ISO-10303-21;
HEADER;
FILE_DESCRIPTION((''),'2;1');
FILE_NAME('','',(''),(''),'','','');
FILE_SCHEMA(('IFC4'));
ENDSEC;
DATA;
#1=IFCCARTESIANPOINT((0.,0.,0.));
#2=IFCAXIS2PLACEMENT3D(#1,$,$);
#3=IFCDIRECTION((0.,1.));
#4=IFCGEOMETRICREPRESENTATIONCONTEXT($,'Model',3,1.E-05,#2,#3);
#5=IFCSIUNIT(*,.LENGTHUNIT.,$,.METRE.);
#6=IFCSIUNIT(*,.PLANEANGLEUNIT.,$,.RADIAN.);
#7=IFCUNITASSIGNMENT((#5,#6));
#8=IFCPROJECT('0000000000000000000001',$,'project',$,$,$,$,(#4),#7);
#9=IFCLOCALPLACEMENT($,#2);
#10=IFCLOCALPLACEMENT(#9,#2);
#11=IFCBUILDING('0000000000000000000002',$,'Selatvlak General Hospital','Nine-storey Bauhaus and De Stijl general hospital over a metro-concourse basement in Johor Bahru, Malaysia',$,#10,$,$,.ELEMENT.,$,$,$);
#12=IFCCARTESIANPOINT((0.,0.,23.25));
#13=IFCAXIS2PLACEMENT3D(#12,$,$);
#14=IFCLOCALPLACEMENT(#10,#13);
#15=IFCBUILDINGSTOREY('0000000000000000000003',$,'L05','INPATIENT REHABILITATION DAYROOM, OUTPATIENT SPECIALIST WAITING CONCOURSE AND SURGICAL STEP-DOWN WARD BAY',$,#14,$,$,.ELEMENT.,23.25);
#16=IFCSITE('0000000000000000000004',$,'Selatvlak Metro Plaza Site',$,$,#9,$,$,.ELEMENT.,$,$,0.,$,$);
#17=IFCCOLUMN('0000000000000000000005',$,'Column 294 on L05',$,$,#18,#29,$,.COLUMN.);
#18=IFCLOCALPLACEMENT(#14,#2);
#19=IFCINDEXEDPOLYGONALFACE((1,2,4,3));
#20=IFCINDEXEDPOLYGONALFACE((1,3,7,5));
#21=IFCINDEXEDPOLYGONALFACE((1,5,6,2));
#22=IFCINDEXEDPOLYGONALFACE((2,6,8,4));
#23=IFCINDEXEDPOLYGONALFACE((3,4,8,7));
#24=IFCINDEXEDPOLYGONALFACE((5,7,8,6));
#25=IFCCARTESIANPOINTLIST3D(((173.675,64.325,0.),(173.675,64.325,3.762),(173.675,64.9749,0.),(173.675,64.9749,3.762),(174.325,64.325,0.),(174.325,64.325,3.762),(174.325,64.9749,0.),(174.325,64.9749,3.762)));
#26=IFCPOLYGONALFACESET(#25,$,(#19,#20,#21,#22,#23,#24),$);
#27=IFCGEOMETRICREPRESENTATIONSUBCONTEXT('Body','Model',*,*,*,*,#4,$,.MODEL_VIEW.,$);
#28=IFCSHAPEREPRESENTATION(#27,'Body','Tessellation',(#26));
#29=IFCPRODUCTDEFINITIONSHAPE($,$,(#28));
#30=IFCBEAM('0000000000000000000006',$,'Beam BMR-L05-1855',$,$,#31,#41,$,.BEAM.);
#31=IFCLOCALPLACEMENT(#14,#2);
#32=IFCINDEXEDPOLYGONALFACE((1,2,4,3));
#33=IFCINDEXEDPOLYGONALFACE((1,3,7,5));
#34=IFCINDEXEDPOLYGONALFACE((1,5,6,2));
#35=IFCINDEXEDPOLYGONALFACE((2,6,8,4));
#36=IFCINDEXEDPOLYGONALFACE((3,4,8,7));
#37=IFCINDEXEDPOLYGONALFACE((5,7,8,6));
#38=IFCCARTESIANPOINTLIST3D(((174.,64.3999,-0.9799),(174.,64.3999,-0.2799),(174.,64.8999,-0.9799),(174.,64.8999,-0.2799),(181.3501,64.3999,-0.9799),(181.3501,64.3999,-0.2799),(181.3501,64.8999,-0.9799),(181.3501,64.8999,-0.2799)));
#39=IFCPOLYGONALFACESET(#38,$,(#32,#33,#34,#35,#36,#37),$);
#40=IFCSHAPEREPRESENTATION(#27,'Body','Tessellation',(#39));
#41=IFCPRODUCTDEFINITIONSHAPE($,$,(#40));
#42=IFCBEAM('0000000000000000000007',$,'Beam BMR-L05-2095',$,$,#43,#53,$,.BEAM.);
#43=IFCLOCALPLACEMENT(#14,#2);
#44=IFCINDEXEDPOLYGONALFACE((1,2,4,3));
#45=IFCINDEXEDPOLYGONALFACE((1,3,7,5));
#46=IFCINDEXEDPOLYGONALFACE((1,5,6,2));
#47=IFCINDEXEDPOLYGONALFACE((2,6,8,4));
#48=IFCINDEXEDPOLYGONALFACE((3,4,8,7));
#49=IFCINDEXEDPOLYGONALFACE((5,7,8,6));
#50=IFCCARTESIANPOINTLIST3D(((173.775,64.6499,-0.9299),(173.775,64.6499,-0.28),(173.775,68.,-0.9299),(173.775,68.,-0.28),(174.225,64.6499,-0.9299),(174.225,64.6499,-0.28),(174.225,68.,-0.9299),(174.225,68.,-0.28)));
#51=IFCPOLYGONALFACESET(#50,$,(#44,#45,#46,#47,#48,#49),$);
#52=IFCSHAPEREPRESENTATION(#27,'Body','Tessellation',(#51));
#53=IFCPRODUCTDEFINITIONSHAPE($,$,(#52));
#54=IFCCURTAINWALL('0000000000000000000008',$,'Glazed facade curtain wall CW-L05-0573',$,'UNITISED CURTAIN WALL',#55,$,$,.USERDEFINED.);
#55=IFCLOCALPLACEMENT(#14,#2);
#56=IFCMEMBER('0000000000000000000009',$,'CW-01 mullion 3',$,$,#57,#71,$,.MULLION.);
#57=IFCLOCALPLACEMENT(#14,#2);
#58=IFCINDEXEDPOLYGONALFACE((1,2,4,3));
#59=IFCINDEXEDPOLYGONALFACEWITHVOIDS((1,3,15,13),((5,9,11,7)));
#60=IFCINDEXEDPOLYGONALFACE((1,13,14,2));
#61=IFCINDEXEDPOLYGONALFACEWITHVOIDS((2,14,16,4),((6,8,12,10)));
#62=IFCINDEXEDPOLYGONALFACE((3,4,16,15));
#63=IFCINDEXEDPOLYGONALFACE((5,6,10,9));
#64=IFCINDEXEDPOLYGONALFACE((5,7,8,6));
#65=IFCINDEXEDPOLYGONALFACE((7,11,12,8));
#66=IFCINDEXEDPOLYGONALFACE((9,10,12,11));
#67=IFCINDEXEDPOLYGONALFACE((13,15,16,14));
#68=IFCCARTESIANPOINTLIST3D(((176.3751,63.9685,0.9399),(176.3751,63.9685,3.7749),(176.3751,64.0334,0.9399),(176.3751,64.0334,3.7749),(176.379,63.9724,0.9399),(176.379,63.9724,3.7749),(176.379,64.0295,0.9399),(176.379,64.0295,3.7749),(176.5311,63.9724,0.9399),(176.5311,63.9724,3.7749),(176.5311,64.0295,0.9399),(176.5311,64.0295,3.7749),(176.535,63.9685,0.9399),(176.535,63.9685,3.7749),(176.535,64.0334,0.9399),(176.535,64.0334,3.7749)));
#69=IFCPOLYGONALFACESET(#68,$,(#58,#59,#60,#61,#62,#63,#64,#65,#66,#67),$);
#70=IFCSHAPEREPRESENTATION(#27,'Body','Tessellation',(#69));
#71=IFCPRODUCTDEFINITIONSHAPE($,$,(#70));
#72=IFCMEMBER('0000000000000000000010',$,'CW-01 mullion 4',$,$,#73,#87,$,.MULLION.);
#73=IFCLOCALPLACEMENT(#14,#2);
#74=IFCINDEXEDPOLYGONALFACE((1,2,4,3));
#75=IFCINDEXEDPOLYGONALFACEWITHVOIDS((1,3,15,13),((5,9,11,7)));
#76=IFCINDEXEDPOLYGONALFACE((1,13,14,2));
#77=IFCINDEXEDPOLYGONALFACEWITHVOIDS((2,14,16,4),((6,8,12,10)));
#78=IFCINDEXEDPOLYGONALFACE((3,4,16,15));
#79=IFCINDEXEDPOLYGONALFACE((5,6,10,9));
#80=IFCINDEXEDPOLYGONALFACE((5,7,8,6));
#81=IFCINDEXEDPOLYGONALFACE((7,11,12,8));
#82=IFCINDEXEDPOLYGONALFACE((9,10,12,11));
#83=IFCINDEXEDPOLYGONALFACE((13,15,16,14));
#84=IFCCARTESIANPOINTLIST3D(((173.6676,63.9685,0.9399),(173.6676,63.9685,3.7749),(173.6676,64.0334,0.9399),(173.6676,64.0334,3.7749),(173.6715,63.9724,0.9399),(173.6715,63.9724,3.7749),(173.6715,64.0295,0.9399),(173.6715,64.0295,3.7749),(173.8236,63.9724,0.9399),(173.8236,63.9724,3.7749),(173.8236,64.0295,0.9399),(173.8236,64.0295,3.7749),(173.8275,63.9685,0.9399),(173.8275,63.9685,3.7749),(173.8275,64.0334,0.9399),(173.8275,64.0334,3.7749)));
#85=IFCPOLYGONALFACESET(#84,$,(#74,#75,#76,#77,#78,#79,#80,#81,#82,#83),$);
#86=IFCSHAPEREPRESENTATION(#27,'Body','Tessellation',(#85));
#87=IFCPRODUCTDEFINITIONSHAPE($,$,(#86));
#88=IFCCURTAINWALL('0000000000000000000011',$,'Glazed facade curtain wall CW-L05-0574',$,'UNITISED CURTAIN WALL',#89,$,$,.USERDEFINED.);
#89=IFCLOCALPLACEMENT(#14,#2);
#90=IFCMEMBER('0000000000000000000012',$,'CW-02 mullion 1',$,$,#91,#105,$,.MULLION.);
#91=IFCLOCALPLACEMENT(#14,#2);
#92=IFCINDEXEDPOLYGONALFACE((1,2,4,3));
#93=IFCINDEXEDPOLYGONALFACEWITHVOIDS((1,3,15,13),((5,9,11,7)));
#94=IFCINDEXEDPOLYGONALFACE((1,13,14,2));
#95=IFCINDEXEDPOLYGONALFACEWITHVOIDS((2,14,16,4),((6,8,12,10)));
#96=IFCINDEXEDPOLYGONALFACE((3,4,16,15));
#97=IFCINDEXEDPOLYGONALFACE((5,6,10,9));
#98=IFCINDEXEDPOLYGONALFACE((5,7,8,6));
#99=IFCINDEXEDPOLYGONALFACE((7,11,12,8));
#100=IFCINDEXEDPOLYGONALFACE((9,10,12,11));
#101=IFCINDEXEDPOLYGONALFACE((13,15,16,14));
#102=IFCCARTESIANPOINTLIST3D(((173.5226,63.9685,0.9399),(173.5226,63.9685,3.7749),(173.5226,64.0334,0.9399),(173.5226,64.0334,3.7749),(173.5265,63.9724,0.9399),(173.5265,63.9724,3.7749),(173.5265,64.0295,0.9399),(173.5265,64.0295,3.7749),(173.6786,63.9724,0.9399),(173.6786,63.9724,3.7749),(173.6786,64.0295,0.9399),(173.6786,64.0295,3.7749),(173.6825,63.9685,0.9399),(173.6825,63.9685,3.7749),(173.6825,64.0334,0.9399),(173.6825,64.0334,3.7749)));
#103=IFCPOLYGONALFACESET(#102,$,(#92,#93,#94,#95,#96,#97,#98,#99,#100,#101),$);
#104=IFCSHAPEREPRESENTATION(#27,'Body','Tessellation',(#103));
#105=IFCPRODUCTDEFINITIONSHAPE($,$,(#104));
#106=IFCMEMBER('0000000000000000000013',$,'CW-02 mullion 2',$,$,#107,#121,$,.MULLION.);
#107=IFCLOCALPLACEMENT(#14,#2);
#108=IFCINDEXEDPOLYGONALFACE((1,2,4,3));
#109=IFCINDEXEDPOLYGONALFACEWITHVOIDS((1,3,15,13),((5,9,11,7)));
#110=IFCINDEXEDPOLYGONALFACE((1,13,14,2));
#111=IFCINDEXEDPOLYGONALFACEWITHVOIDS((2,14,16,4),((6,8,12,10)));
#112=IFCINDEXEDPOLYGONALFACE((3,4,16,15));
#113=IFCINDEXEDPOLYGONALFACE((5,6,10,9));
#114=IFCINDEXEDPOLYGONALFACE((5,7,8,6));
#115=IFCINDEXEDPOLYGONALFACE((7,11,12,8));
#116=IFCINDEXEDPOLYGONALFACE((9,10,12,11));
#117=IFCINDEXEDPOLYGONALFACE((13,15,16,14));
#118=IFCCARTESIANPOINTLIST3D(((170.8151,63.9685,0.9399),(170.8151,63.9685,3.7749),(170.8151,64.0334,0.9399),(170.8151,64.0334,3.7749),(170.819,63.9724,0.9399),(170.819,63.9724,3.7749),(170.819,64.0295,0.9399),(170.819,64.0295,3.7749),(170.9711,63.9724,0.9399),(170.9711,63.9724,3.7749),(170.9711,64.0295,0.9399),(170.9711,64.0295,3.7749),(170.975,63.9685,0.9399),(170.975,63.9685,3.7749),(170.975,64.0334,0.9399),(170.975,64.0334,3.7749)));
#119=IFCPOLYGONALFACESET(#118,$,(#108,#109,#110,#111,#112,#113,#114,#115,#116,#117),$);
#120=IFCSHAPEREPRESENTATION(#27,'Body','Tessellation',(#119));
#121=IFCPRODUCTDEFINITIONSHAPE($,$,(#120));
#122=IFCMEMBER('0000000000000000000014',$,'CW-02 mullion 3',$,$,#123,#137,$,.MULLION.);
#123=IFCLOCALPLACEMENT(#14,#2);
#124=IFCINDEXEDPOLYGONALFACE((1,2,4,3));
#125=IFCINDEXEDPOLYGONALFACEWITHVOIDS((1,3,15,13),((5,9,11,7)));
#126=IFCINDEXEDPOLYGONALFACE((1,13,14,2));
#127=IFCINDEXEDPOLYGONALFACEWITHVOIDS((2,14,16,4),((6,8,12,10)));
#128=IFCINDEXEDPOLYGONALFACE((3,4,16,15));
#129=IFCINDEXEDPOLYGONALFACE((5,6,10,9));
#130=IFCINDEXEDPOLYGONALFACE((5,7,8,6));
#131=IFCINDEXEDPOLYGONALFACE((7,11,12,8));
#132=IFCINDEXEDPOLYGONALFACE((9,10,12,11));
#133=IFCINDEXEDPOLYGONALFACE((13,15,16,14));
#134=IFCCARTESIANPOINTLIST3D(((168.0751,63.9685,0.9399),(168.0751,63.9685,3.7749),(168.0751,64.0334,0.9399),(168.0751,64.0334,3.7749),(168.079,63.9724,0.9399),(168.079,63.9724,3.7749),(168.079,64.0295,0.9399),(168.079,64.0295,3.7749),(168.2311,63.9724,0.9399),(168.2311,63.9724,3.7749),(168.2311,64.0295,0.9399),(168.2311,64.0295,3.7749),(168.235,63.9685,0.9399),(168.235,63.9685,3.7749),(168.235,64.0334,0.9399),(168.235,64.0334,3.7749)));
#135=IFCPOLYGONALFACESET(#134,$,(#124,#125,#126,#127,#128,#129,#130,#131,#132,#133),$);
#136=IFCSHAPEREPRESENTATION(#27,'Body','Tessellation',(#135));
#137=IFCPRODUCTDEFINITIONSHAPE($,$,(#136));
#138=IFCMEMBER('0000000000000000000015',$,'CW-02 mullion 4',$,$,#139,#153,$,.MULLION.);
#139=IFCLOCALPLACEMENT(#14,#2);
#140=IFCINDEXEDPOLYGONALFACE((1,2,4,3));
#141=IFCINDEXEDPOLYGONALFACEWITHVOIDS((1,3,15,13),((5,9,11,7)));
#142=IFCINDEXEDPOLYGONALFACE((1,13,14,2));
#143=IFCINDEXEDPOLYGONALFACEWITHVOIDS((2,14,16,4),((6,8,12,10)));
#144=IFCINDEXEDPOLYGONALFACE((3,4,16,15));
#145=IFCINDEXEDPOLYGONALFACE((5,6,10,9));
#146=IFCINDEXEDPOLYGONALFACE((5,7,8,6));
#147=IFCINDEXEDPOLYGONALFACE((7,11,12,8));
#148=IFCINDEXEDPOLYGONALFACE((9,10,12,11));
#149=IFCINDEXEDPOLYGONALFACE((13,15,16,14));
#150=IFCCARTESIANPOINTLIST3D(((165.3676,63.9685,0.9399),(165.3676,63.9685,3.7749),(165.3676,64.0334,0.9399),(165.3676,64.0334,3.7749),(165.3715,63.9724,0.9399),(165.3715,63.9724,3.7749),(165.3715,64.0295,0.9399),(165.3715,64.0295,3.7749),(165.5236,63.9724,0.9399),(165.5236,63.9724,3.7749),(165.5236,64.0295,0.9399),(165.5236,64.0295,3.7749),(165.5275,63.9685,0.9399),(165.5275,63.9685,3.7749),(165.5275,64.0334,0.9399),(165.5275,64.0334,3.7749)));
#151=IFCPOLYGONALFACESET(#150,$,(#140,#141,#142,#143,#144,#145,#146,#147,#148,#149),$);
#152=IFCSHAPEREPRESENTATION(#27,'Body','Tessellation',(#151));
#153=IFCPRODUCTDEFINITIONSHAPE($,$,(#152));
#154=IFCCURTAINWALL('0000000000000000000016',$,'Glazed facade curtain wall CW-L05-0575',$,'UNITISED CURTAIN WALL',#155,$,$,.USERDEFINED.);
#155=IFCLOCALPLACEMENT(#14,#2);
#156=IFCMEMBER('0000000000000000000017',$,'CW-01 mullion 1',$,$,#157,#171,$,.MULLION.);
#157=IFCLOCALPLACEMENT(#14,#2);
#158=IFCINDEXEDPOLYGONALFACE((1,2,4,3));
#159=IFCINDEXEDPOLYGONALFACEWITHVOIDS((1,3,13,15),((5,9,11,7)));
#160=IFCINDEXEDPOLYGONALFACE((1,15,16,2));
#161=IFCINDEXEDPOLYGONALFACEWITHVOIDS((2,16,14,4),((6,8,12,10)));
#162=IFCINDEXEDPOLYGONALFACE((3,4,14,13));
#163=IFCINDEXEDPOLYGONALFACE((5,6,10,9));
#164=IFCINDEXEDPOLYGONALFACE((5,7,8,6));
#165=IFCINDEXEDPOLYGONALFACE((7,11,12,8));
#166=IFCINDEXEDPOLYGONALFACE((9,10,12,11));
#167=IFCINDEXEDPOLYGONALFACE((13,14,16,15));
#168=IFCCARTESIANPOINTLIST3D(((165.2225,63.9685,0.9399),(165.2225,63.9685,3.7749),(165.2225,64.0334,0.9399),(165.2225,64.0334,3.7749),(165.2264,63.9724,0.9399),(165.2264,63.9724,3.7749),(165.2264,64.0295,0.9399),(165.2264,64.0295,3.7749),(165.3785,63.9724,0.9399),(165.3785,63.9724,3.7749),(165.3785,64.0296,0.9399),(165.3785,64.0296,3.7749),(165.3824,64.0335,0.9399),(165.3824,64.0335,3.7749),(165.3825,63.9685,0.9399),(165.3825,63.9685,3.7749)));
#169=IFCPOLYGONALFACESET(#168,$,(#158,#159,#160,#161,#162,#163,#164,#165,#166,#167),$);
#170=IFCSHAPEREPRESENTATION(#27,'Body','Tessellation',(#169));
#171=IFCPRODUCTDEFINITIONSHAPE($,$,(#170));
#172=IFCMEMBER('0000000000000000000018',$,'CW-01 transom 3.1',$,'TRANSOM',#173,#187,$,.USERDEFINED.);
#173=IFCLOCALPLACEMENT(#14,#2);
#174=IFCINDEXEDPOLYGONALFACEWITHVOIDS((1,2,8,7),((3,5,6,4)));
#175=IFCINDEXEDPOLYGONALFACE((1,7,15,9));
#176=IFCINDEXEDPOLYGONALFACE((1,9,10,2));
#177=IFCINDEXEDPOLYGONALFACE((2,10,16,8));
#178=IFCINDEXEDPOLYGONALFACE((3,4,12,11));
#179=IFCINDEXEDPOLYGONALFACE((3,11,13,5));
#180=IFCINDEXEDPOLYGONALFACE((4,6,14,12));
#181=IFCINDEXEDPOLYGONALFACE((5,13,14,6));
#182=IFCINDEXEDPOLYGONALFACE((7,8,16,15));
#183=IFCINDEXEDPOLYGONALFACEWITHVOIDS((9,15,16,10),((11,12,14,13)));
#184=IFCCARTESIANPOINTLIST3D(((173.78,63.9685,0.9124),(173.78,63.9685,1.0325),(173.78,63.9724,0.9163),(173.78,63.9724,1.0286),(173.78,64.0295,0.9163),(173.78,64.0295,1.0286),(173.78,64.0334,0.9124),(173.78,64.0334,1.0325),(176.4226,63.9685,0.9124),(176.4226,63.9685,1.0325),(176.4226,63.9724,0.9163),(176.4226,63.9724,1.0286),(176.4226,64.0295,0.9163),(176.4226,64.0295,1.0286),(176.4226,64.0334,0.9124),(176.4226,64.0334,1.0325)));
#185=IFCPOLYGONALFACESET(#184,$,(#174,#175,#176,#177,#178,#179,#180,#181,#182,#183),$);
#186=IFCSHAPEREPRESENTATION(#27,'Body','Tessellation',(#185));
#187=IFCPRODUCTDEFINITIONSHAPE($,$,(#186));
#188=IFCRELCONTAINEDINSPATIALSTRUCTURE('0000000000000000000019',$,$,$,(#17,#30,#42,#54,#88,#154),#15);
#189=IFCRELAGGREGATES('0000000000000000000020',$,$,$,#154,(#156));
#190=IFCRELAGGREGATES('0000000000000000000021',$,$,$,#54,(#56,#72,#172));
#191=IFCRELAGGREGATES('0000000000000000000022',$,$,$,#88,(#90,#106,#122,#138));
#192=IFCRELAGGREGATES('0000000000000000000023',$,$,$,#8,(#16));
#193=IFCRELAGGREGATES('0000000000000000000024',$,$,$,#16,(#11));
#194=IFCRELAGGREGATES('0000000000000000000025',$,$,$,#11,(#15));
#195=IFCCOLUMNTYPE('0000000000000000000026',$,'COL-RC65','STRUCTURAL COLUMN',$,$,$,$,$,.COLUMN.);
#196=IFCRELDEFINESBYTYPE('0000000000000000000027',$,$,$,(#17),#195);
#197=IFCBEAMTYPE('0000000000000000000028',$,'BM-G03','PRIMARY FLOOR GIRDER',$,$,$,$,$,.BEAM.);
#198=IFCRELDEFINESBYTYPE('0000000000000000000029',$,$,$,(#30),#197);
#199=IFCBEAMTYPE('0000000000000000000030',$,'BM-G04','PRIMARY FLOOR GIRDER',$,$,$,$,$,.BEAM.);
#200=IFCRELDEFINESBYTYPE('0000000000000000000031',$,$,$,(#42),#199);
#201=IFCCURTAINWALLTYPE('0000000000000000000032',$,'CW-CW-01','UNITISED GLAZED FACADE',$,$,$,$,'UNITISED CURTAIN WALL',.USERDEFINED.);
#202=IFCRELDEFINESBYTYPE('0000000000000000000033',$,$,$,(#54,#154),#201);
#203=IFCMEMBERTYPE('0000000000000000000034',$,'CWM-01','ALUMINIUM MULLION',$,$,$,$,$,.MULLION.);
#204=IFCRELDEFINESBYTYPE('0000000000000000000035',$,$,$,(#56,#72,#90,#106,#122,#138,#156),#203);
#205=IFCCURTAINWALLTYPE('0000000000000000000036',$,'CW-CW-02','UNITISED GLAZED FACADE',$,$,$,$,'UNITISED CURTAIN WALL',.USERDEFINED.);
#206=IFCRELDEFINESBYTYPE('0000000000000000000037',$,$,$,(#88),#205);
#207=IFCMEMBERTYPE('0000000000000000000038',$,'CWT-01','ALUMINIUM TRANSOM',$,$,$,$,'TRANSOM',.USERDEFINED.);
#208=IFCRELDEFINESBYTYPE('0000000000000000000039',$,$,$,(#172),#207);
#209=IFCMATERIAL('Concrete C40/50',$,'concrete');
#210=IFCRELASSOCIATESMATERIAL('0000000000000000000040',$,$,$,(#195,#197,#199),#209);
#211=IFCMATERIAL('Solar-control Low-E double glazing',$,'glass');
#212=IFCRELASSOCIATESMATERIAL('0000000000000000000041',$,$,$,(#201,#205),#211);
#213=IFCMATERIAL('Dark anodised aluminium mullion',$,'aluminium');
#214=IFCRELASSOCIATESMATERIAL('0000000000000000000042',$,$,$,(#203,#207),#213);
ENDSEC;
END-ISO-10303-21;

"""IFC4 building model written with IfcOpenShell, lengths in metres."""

from ifc_helpers import new_model, si_unit, direction, frame, origin, origin_2d, place, context, subcontext, project, spatial, rectangle, hollow_rectangle, extrude, material, material_profile, profile_set, type_object, element, aggregate, save


model = new_model("IFC4")

# Units and contexts
model_context = context("Model", 3, precision=1e-05, world=origin(), true_north=direction((0.0, 1.0)))
body_context = subcontext(model_context, "Body", "Model", "MODEL_VIEW")
ifc_project = project(units=[si_unit("LENGTHUNIT", "METRE"), si_unit("PLANEANGLEUNIT", "RADIAN")], contexts=[model_context])

# Site, building, storey
site_placement = place(None, origin())
site = spatial("IfcSite", under=ifc_project, at=site_placement, Name="Selatvlak Metro Plaza Site", CompositionType="ELEMENT", RefElevation=0.0)
building_placement = place(site_placement, origin())
building = spatial("IfcBuilding", under=site, at=building_placement, Name="Selatvlak General Hospital", Description="Nine-storey Bauhaus and De Stijl general hospital over a metro-concourse basement in Johor Bahru, Malaysia", CompositionType="ELEMENT")
storey_placement = place(building_placement, frame((0.0, 0.0, 23.25)))
storey = spatial("IfcBuildingStorey", under=building, at=storey_placement, Name="L05", Description="INPATIENT REHABILITATION DAYROOM, OUTPATIENT SPECIALIST WAITING CONCOURSE AND SURGICAL STEP-DOWN WARD BAY", CompositionType="ELEMENT", Elevation=23.25)

# Column
ifc_material_1 = material(Name="Concrete C40/50", Category="concrete")
ifc_material_profile_1 = material_profile(ifc_material_1, rectangle(XDim=0.6499, YDim=0.6499, at=origin_2d()), Name="RC-COL 650x650")
ifc_profile_set_1 = profile_set([ifc_material_profile_1], Name="Concrete C40/50")
column_type = type_object("IfcColumnType", Name="COL-RC65", Description="STRUCTURAL COLUMN", PredefinedType="COLUMN", material=ifc_profile_set_1)
column_placement = place(storey_placement, frame((174.0, 64.6499, 0.0), z_axis=(0.0, 0.0, 1.0), x_axis=(1.0, 0.0, 0.0)))
element("IfcColumn", 1, at=column_placement, inside=storey, type_object=column_type, Name="Column 294 on L05", PredefinedType="COLUMN", context=body_context, shape_type="SweptSolid", body=[
    extrude(rectangle(XDim=0.6499, YDim=0.6499, at=origin_2d()), origin(), (0.0, 0.0, 1.0), 3.762),
])

# Beams
ifc_material_profile_2 = material_profile(ifc_material_1, rectangle(XDim=0.5, YDim=0.7, at=origin_2d()), Name="RC-BM 500x700")
ifc_profile_set_2 = profile_set([ifc_material_profile_2], Name="Concrete C40/50")
beam_type_1 = type_object("IfcBeamType", Name="BM-G03", Description="PRIMARY FLOOR GIRDER", PredefinedType="BEAM", material=ifc_profile_set_2)
beam_1_placement = place(storey_placement, frame((174.0, 64.6499, -0.6299), z_axis=(1.0, 0.0, 0.0), x_axis=(0.0, 1.0, 0.0)))
element("IfcBeam", 2, at=beam_1_placement, inside=storey, type_object=beam_type_1, Name="Beam BMR-L05-1855", PredefinedType="BEAM", context=body_context, shape_type="SweptSolid", body=[
    extrude(rectangle(XDim=0.5, YDim=0.7, at=origin_2d()), origin(), (0.0, 0.0, 1.0), 7.3501),
])
ifc_material_profile_3 = material_profile(ifc_material_1, rectangle(XDim=0.45, YDim=0.6499, at=origin_2d()), Name="RC-BM 450x650")
ifc_profile_set_3 = profile_set([ifc_material_profile_3], Name="Concrete C40/50")
beam_type_2 = type_object("IfcBeamType", Name="BM-G04", Description="PRIMARY FLOOR GIRDER", PredefinedType="BEAM", material=ifc_profile_set_3)
beam_2_placement = place(storey_placement, frame((174.0, 64.6499, -0.605), z_axis=(0.0, 1.0, 0.0), x_axis=(-1.0, 0.0, 0.0)))
element("IfcBeam", 3, at=beam_2_placement, inside=storey, type_object=beam_type_2, Name="Beam BMR-L05-2095", PredefinedType="BEAM", context=body_context, shape_type="SweptSolid", body=[
    extrude(rectangle(XDim=0.45, YDim=0.6499, at=origin_2d()), origin(), (0.0, 0.0, 1.0), 3.3501),
])

# Curtain walls, members
ifc_material_2 = material(Name="Solar-control Low-E double glazing", Category="glass")
curtain_wall_type_1 = type_object("IfcCurtainWallType", Name="CW-CW-01", Description="UNITISED GLAZED FACADE", ElementType="UNITISED CURTAIN WALL", PredefinedType="USERDEFINED", material=ifc_material_2)
curtain_wall_1_placement = place(storey_placement, origin())
curtain_wall_1 = element("IfcCurtainWall", 4, at=curtain_wall_1_placement, inside=storey, type_object=curtain_wall_type_1, Name="Glazed facade curtain wall CW-L05-0573", ObjectType="UNITISED CURTAIN WALL", PredefinedType="USERDEFINED")
ifc_material_3 = material(Name="Dark anodised aluminium mullion", Category="aluminium")
ifc_material_profile_4 = material_profile(ifc_material_3, hollow_rectangle(XDim=0.0649, YDim=0.1599, WallThickness=0.0039, at=origin_2d()), Name="AL-MUL 65x160x4")
ifc_profile_set_4 = profile_set([ifc_material_profile_4], Name="Dark anodised aluminium mullion")
member_type_1 = type_object("IfcMemberType", Name="CWM-01", Description="ALUMINIUM MULLION", PredefinedType="MULLION", material=ifc_profile_set_4)
member_1_placement = place(storey_placement, frame((176.4551, 64.001, 0.9399), z_axis=(0.0, 0.0, 1.0), x_axis=(0.0, -1.0, 0.0)))
member_1 = element("IfcMember", 5, at=member_1_placement, type_object=member_type_1, Name="CW-01 mullion 3", PredefinedType="MULLION", context=body_context, shape_type="SweptSolid", body=[
    extrude(hollow_rectangle(XDim=0.0649, YDim=0.1599, WallThickness=0.0039, at=origin_2d()), origin(), (0.0, 0.0, 1.0), 2.835),
])
member_2_placement = place(storey_placement, frame((173.7476, 64.001, 0.9399), z_axis=(0.0, 0.0, 1.0), x_axis=(0.0, -1.0, 0.0)))
member_2 = element("IfcMember", 6, at=member_2_placement, type_object=member_type_1, Name="CW-01 mullion 4", PredefinedType="MULLION", context=body_context, shape_type="SweptSolid", body=[
    extrude(hollow_rectangle(XDim=0.0649, YDim=0.1599, WallThickness=0.0039, at=origin_2d()), origin(), (0.0, 0.0, 1.0), 2.835),
])
curtain_wall_type_2 = type_object("IfcCurtainWallType", Name="CW-CW-02", Description="UNITISED GLAZED FACADE", ElementType="UNITISED CURTAIN WALL", PredefinedType="USERDEFINED", material=ifc_material_2)
curtain_wall_2_placement = place(storey_placement, origin())
curtain_wall_2 = element("IfcCurtainWall", 7, at=curtain_wall_2_placement, inside=storey, type_object=curtain_wall_type_2, Name="Glazed facade curtain wall CW-L05-0574", ObjectType="UNITISED CURTAIN WALL", PredefinedType="USERDEFINED")
member_3_placement = place(storey_placement, frame((173.6025, 64.001, 0.9399), z_axis=(0.0, 0.0, 1.0), x_axis=(0.0, -1.0, 0.0)))
member_3 = element("IfcMember", 8, at=member_3_placement, type_object=member_type_1, Name="CW-02 mullion 1", PredefinedType="MULLION", context=body_context, shape_type="SweptSolid", body=[
    extrude(hollow_rectangle(XDim=0.0649, YDim=0.1599, WallThickness=0.0039, at=origin_2d()), origin(), (0.0, 0.0, 1.0), 2.835),
])
member_4_placement = place(storey_placement, frame((170.895, 64.001, 0.9399), z_axis=(0.0, 0.0, 1.0), x_axis=(0.0, -1.0, 0.0)))
member_4 = element("IfcMember", 9, at=member_4_placement, type_object=member_type_1, Name="CW-02 mullion 2", PredefinedType="MULLION", context=body_context, shape_type="SweptSolid", body=[
    extrude(hollow_rectangle(XDim=0.0649, YDim=0.1599, WallThickness=0.0039, at=origin_2d()), origin(), (0.0, 0.0, 1.0), 2.835),
])
member_5_placement = place(storey_placement, frame((168.155, 64.001, 0.9399), z_axis=(0.0, 0.0, 1.0), x_axis=(0.0, -1.0, 0.0)))
member_5 = element("IfcMember", 10, at=member_5_placement, type_object=member_type_1, Name="CW-02 mullion 3", PredefinedType="MULLION", context=body_context, shape_type="SweptSolid", body=[
    extrude(hollow_rectangle(XDim=0.0649, YDim=0.1599, WallThickness=0.0039, at=origin_2d()), origin(), (0.0, 0.0, 1.0), 2.835),
])
member_6_placement = place(storey_placement, frame((165.4475, 64.001, 0.9399), z_axis=(0.0, 0.0, 1.0), x_axis=(0.0, -1.0, 0.0)))
member_6 = element("IfcMember", 11, at=member_6_placement, type_object=member_type_1, Name="CW-02 mullion 4", PredefinedType="MULLION", context=body_context, shape_type="SweptSolid", body=[
    extrude(hollow_rectangle(XDim=0.0649, YDim=0.1599, WallThickness=0.0039, at=origin_2d()), origin(), (0.0, 0.0, 1.0), 2.835),
])

# Curtain wall, member
curtain_wall_3_placement = place(storey_placement, origin())
curtain_wall_3 = element("IfcCurtainWall", 12, at=curtain_wall_3_placement, inside=storey, type_object=curtain_wall_type_1, Name="Glazed facade curtain wall CW-L05-0575", ObjectType="UNITISED CURTAIN WALL", PredefinedType="USERDEFINED")
member_7_placement = place(storey_placement, frame((165.3025, 64.001, 0.9399), z_axis=(0.0, 0.0, 1.0), x_axis=(0.000122, -1.0, 0.0)))
member_7 = element("IfcMember", 13, at=member_7_placement, type_object=member_type_1, Name="CW-01 mullion 1", PredefinedType="MULLION", context=body_context, shape_type="SweptSolid", body=[
    extrude(hollow_rectangle(XDim=0.0649, YDim=0.1599, WallThickness=0.0039, at=origin_2d()), origin(), (0.0, 0.0, 1.0), 2.835),
])

# Member
ifc_material_profile_5 = material_profile(ifc_material_3, hollow_rectangle(XDim=0.0649, YDim=0.1201, WallThickness=0.0039, at=origin_2d()), Name="AL-TRN 65x120x4")
ifc_profile_set_5 = profile_set([ifc_material_profile_5], Name="Dark anodised aluminium mullion")
member_type_2 = type_object("IfcMemberType", Name="CWT-01", Description="ALUMINIUM TRANSOM", ElementType="TRANSOM", PredefinedType="USERDEFINED", material=ifc_profile_set_5)
member_8_placement = place(storey_placement, frame((176.4226, 64.001, 0.9724), z_axis=(-1.0, 0.0, 0.0), x_axis=(0.0, -1.0, 0.0)))
member_8 = element("IfcMember", 14, at=member_8_placement, type_object=member_type_2, Name="CW-01 transom 3.1", ObjectType="TRANSOM", PredefinedType="USERDEFINED", context=body_context, shape_type="SweptSolid", body=[
    extrude(hollow_rectangle(XDim=0.0649, YDim=0.1201, WallThickness=0.0039, at=origin_2d()), origin(), (0.0, 0.0, 1.0), 2.6426),
])
aggregate(curtain_wall_3, [member_7])

aggregate(curtain_wall_1, [member_1, member_2, member_8])
aggregate(curtain_wall_2, [member_3, member_4, member_5, member_6])

save(model, "model.ifc")
